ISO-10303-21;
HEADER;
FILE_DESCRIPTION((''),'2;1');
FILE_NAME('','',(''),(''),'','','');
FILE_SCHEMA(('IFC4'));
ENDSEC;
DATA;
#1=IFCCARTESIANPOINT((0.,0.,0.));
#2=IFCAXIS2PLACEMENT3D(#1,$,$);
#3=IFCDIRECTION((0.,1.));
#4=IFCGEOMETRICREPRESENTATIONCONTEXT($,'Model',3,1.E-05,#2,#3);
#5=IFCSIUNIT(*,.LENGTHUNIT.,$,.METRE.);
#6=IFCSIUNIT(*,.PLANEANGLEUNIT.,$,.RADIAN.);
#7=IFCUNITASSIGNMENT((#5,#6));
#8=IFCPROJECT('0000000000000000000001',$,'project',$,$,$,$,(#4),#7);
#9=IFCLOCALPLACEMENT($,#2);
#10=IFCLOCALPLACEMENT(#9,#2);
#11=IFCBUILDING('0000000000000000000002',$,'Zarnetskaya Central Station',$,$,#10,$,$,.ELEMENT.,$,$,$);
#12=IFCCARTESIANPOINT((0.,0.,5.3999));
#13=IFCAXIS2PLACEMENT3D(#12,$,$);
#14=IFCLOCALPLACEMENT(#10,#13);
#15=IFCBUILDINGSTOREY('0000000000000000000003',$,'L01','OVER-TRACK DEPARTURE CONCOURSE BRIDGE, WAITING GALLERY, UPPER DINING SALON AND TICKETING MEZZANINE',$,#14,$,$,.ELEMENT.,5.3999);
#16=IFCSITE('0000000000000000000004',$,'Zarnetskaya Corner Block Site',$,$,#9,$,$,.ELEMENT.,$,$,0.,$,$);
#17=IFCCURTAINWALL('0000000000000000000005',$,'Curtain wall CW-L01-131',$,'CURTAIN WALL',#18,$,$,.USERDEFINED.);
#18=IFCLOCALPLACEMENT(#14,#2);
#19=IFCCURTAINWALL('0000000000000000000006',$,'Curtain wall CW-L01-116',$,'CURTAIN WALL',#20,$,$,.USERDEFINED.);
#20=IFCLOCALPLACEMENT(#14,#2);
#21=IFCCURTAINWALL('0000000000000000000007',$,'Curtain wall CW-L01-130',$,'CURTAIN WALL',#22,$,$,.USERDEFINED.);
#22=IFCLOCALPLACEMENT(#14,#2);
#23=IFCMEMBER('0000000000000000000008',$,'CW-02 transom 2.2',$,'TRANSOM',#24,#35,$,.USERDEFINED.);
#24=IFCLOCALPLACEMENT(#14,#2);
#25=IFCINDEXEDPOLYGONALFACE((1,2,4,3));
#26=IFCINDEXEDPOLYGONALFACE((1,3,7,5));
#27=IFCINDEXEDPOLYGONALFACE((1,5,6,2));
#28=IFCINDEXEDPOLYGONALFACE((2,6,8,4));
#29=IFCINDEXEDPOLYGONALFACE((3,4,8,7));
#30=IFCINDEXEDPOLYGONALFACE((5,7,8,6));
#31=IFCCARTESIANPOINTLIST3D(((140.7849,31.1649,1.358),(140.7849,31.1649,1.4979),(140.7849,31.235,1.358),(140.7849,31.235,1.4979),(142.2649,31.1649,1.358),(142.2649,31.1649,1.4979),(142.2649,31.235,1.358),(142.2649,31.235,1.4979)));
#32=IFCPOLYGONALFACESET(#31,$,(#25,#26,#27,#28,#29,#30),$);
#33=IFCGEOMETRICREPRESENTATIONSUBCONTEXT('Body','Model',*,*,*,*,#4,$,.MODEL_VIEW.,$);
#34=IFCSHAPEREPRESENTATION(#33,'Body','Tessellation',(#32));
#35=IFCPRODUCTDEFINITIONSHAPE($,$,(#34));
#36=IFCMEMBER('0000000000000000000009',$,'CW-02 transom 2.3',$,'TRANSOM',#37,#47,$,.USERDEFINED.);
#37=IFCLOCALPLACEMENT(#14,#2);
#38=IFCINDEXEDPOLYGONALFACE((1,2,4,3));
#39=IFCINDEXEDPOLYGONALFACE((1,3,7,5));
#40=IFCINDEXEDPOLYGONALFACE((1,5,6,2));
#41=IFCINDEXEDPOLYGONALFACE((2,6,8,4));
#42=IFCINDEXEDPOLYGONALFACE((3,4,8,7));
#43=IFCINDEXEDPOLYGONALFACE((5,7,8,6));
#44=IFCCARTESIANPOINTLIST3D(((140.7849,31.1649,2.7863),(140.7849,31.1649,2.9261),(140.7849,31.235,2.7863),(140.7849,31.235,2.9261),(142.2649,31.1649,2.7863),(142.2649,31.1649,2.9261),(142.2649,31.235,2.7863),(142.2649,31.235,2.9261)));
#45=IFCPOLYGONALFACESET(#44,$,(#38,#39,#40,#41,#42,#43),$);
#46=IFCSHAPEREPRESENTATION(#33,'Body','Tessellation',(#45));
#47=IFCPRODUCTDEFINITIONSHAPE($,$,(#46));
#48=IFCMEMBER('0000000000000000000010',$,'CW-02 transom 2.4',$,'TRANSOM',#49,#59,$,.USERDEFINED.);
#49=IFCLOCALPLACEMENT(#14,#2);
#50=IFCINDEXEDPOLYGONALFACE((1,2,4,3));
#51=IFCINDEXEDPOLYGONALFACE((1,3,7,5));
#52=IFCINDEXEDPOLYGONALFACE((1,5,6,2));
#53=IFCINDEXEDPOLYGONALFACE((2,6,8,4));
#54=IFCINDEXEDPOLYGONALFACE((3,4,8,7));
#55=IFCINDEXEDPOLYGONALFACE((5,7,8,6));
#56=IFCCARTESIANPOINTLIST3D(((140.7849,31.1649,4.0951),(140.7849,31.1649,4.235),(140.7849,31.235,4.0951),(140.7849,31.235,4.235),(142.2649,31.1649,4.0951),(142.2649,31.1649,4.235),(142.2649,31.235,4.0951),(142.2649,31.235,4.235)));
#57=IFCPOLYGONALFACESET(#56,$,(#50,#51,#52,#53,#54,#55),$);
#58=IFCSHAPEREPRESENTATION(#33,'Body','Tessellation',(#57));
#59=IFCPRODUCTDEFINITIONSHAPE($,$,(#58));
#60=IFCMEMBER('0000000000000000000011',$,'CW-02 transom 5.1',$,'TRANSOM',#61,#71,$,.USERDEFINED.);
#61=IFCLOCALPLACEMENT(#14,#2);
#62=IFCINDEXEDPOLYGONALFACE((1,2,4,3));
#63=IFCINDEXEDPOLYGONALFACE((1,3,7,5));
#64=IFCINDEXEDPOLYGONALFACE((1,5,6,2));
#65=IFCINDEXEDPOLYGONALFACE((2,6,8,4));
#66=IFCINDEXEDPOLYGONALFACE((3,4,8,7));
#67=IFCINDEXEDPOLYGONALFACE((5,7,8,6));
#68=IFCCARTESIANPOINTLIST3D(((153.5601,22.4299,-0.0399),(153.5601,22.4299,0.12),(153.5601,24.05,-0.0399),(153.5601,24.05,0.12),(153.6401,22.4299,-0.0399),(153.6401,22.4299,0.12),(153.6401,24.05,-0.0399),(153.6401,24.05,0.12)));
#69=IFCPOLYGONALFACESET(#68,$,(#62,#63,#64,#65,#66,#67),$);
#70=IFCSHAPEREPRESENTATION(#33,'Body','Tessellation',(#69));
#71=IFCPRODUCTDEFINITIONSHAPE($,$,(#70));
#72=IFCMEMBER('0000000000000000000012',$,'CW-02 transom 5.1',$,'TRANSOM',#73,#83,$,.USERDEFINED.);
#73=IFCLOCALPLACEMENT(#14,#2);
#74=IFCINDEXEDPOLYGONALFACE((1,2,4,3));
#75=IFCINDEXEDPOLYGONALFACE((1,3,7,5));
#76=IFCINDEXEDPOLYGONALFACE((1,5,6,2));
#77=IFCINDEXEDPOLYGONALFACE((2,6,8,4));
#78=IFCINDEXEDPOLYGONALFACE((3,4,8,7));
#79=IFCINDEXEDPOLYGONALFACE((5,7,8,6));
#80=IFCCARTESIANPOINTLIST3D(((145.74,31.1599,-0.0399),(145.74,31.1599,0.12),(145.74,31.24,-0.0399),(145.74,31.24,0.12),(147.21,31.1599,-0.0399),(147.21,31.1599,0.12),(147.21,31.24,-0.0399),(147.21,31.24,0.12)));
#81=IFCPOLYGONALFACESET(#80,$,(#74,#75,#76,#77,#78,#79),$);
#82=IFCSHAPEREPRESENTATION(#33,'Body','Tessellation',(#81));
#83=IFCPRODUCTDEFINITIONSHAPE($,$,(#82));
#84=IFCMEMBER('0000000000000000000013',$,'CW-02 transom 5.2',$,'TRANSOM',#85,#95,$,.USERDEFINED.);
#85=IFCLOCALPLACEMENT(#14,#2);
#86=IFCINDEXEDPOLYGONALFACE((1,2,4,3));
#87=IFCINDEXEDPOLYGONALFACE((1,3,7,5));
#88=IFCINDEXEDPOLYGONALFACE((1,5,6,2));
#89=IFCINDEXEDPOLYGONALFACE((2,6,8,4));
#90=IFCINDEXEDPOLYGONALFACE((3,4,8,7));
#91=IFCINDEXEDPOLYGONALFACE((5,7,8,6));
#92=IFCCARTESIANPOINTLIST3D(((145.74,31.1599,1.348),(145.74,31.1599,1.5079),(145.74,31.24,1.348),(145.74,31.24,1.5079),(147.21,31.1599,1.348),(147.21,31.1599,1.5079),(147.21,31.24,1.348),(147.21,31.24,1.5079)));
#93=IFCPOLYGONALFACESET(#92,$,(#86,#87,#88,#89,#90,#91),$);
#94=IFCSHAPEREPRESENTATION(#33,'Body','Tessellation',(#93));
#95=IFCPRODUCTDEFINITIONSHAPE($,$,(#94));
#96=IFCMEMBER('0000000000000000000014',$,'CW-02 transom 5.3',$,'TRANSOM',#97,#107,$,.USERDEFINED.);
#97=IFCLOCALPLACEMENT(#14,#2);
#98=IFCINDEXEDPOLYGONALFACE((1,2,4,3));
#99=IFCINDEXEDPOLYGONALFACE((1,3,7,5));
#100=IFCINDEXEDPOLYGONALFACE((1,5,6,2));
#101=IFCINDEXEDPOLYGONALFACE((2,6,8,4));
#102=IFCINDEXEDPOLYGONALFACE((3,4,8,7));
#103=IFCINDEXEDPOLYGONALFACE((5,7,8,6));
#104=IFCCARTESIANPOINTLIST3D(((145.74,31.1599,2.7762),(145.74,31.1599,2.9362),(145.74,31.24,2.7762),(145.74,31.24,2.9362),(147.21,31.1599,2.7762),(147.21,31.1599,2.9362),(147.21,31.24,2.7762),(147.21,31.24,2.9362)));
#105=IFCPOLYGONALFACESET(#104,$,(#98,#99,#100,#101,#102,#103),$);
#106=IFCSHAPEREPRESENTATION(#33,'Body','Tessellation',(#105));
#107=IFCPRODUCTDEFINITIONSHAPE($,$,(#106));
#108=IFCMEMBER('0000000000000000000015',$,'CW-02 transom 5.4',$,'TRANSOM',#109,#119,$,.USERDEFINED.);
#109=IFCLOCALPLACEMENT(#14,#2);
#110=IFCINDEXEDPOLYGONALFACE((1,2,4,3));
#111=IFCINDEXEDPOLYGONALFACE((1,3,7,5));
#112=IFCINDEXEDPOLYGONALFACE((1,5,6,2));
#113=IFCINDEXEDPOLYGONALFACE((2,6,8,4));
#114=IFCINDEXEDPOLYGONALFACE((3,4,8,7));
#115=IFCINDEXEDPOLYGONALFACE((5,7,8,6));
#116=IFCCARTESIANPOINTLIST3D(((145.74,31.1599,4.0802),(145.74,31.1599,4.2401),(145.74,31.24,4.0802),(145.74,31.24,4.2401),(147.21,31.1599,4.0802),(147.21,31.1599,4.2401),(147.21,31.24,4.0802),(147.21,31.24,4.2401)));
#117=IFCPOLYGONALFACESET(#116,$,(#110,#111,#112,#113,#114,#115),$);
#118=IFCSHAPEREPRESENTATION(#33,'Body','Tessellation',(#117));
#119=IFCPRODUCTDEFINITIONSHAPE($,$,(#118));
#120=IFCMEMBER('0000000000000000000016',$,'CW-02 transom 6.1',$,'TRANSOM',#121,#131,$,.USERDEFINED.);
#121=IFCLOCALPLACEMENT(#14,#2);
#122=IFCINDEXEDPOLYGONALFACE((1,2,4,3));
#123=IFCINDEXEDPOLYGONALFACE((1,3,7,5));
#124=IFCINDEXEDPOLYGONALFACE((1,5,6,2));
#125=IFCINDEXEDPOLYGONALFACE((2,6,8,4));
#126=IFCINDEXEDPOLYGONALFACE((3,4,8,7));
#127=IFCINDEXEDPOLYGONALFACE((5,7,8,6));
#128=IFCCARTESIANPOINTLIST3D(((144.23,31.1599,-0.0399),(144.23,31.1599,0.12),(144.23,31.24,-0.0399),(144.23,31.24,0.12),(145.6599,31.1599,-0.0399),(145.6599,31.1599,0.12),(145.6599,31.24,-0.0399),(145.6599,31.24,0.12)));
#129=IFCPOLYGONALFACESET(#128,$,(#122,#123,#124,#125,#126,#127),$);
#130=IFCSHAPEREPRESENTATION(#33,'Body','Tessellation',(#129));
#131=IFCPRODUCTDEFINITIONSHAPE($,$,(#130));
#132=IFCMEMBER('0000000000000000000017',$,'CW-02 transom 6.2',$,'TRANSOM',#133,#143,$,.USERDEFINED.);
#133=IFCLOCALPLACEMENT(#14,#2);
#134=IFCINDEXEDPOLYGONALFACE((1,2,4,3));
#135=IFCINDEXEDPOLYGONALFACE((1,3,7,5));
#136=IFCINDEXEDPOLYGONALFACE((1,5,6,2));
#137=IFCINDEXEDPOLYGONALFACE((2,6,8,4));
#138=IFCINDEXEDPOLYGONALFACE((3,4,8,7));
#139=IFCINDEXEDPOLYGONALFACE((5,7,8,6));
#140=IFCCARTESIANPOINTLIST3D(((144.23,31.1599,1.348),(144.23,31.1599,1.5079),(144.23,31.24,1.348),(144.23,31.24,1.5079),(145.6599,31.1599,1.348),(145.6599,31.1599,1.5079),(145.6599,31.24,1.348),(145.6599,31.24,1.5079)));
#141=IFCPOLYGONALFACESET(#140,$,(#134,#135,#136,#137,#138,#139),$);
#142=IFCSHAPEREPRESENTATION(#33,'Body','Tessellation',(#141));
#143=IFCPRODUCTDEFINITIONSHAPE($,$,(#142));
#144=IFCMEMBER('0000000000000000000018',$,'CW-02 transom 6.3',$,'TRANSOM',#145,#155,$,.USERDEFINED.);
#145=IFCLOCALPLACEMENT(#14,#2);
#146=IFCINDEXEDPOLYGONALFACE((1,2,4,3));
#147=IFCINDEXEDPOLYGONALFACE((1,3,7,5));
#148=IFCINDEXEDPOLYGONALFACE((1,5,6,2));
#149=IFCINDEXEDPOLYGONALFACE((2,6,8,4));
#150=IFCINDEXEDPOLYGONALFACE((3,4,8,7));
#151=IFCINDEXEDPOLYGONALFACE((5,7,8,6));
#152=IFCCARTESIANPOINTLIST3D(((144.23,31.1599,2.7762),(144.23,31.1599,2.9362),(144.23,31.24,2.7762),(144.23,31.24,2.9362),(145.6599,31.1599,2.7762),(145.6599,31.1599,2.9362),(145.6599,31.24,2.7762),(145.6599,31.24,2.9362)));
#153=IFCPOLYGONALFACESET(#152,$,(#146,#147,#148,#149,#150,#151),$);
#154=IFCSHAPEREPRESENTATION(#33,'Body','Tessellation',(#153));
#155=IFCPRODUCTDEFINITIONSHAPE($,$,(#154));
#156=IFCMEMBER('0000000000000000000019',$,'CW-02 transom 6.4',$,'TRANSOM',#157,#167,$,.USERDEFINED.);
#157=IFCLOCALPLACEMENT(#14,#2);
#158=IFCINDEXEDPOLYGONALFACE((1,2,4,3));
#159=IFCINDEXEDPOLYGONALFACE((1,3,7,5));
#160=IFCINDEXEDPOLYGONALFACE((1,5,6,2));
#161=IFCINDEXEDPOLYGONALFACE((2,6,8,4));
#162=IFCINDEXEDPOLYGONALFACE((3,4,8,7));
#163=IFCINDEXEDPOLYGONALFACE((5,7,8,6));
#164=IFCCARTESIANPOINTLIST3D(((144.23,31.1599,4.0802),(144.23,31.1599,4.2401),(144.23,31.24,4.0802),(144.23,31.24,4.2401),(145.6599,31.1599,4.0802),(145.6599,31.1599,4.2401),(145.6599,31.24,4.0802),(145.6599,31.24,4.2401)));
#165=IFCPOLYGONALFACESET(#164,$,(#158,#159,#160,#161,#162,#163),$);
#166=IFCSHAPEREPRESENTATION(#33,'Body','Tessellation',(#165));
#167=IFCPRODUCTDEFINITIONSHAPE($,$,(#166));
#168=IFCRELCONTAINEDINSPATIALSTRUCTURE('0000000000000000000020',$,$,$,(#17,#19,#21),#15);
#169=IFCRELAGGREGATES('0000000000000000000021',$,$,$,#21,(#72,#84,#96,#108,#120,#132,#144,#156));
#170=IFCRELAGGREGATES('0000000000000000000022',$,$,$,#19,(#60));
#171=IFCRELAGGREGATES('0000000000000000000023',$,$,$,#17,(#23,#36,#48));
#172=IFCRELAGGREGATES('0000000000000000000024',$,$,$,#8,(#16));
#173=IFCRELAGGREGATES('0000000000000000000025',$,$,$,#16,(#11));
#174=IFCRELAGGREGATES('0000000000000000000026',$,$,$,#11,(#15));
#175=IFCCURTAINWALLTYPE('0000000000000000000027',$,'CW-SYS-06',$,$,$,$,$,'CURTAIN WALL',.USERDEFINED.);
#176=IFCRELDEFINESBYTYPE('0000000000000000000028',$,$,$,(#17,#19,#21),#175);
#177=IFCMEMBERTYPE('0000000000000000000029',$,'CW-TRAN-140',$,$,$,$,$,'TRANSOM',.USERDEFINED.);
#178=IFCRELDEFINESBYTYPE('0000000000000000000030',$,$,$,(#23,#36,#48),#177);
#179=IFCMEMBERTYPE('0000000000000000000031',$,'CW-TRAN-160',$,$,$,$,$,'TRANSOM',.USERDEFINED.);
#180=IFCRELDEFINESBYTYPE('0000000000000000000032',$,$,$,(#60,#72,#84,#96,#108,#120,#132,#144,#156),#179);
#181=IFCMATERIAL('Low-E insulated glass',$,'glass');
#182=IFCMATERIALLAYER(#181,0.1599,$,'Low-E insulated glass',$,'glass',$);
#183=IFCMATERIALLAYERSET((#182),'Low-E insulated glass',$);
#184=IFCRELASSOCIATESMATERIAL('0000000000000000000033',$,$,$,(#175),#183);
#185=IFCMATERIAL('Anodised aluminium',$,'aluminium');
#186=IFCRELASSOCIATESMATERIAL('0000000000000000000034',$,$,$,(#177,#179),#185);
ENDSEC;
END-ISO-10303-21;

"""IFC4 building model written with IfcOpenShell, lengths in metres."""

from ifc_helpers import new_model, si_unit, direction, frame, origin, origin_2d, place, context, subcontext, project, spatial, rectangle, extrude, material, layer, layer_set, material_profile, profile_set, type_object, element, aggregate, save


model = new_model("IFC4")

# Units and contexts
model_context = context("Model", 3, precision=1e-05, world=origin(), true_north=direction((0.0, 1.0)))
body_context = subcontext(model_context, "Body", "Model", "MODEL_VIEW")
ifc_project = project(units=[si_unit("LENGTHUNIT", "METRE"), si_unit("PLANEANGLEUNIT", "RADIAN")], contexts=[model_context])

# Site, building, storey
site_placement = place(None, origin())
site = spatial("IfcSite", under=ifc_project, at=site_placement, Name="Zarnetskaya Corner Block Site", CompositionType="ELEMENT", RefElevation=0.0)
building_placement = place(site_placement, origin())
building = spatial("IfcBuilding", under=site, at=building_placement, Name="Zarnetskaya Central Station", CompositionType="ELEMENT")
storey_placement = place(building_placement, frame((0.0, 0.0, 5.3999)))
storey = spatial("IfcBuildingStorey", under=building, at=storey_placement, Name="L01", Description="OVER-TRACK DEPARTURE CONCOURSE BRIDGE, WAITING GALLERY, UPPER DINING SALON AND TICKETING MEZZANINE", CompositionType="ELEMENT", Elevation=5.3999)

# Curtain wall
ifc_material_1 = material(Name="Low-E insulated glass", Category="glass")
ifc_layer_1 = layer(ifc_material_1, 0.1599, Name="Low-E insulated glass", Category="glass")
ifc_layer_set_1 = layer_set([ifc_layer_1], Name="Low-E insulated glass")
curtain_wall_type = type_object("IfcCurtainWallType", Name="CW-SYS-06", ElementType="CURTAIN WALL", PredefinedType="USERDEFINED", material=ifc_layer_set_1)
curtain_wall_1_placement = place(storey_placement, origin())
curtain_wall_1 = element("IfcCurtainWall", 1, at=curtain_wall_1_placement, inside=storey, type_object=curtain_wall_type, Name="Curtain wall CW-L01-131", ObjectType="CURTAIN WALL", PredefinedType="USERDEFINED")
ifc_material_2 = material(Name="Anodised aluminium", Category="aluminium")

# Curtain wall
curtain_wall_2_placement = place(storey_placement, origin())
curtain_wall_2 = element("IfcCurtainWall", 2, at=curtain_wall_2_placement, inside=storey, type_object=curtain_wall_type, Name="Curtain wall CW-L01-116", ObjectType="CURTAIN WALL", PredefinedType="USERDEFINED")

# Curtain wall
curtain_wall_3_placement = place(storey_placement, origin())
curtain_wall_3 = element("IfcCurtainWall", 3, at=curtain_wall_3_placement, inside=storey, type_object=curtain_wall_type, Name="Curtain wall CW-L01-130", ObjectType="CURTAIN WALL", PredefinedType="USERDEFINED")

# Members
ifc_material_profile_1 = material_profile(ifc_material_2, rectangle(XDim=0.0701, YDim=0.1399, at=origin_2d()), Name="ALU TRAN 70x140")
ifc_profile_set_1 = profile_set([ifc_material_profile_1], Name="Anodised aluminium")
member_type_1 = type_object("IfcMemberType", Name="CW-TRAN-140", ElementType="TRANSOM", PredefinedType="USERDEFINED", material=ifc_profile_set_1)
member_1_placement = place(storey_placement, frame((142.2649, 31.2, 1.428), z_axis=(-1.0, 0.0, 0.0), x_axis=(0.0, -1.0, 0.0)))
member_1 = element("IfcMember", 4, at=member_1_placement, type_object=member_type_1, Name="CW-02 transom 2.2", ObjectType="TRANSOM", PredefinedType="USERDEFINED", context=body_context, shape_type="SweptSolid", body=[
    extrude(rectangle(XDim=0.0701, YDim=0.1399, at=origin_2d()), origin(), (0.0, 0.0, 1.0), 1.48),
])
member_2_placement = place(storey_placement, frame((142.2649, 31.2, 2.8562), z_axis=(-1.0, 0.0, 0.0), x_axis=(0.0, -1.0, 0.0)))
member_2 = element("IfcMember", 5, at=member_2_placement, type_object=member_type_1, Name="CW-02 transom 2.3", ObjectType="TRANSOM", PredefinedType="USERDEFINED", context=body_context, shape_type="SweptSolid", body=[
    extrude(rectangle(XDim=0.0701, YDim=0.1399, at=origin_2d()), origin(), (0.0, 0.0, 1.0), 1.48),
])
member_3_placement = place(storey_placement, frame((142.2649, 31.2, 4.165), z_axis=(-1.0, 0.0, 0.0), x_axis=(0.0, -1.0, 0.0)))
member_3 = element("IfcMember", 6, at=member_3_placement, type_object=member_type_1, Name="CW-02 transom 2.4", ObjectType="TRANSOM", PredefinedType="USERDEFINED", context=body_context, shape_type="SweptSolid", body=[
    extrude(rectangle(XDim=0.0701, YDim=0.1399, at=origin_2d()), origin(), (0.0, 0.0, 1.0), 1.48),
])
ifc_material_profile_2 = material_profile(ifc_material_2, rectangle(XDim=0.0801, YDim=0.1599, at=origin_2d()), Name="ALU TRAN 80x160")
ifc_profile_set_2 = profile_set([ifc_material_profile_2], Name="Anodised aluminium")
member_type_2 = type_object("IfcMemberType", Name="CW-TRAN-160", ElementType="TRANSOM", PredefinedType="USERDEFINED", material=ifc_profile_set_2)
member_4_placement = place(storey_placement, frame((153.6001, 24.05, 0.04), z_axis=(0.0, -1.0, 0.0), x_axis=(1.0, 0.0, 0.0)))
member_4 = element("IfcMember", 7, at=member_4_placement, type_object=member_type_2, Name="CW-02 transom 5.1", ObjectType="TRANSOM", PredefinedType="USERDEFINED", context=body_context, shape_type="SweptSolid", body=[
    extrude(rectangle(XDim=0.0801, YDim=0.1599, at=origin_2d()), origin(), (0.0, 0.0, 1.0), 1.6201),
])
member_5_placement = place(storey_placement, frame((147.21, 31.2, 0.04), z_axis=(-1.0, 0.0, 0.0), x_axis=(0.0, -1.0, 0.0)))
member_5 = element("IfcMember", 8, at=member_5_placement, type_object=member_type_2, Name="CW-02 transom 5.1", ObjectType="TRANSOM", PredefinedType="USERDEFINED", context=body_context, shape_type="SweptSolid", body=[
    extrude(rectangle(XDim=0.0801, YDim=0.1599, at=origin_2d()), origin(), (0.0, 0.0, 1.0), 1.47),
])
member_6_placement = place(storey_placement, frame((147.21, 31.2, 1.428), z_axis=(-1.0, 0.0, 0.0), x_axis=(0.0, -1.0, 0.0)))
member_6 = element("IfcMember", 9, at=member_6_placement, type_object=member_type_2, Name="CW-02 transom 5.2", ObjectType="TRANSOM", PredefinedType="USERDEFINED", context=body_context, shape_type="SweptSolid", body=[
    extrude(rectangle(XDim=0.0801, YDim=0.1599, at=origin_2d()), origin(), (0.0, 0.0, 1.0), 1.47),
])
member_7_placement = place(storey_placement, frame((147.21, 31.2, 2.8562), z_axis=(-1.0, 0.0, 0.0), x_axis=(0.0, -1.0, 0.0)))
member_7 = element("IfcMember", 10, at=member_7_placement, type_object=member_type_2, Name="CW-02 transom 5.3", ObjectType="TRANSOM", PredefinedType="USERDEFINED", context=body_context, shape_type="SweptSolid", body=[
    extrude(rectangle(XDim=0.0801, YDim=0.1599, at=origin_2d()), origin(), (0.0, 0.0, 1.0), 1.47),
])
member_8_placement = place(storey_placement, frame((147.21, 31.2, 4.1602), z_axis=(-1.0, 0.0, 0.0), x_axis=(0.0, -1.0, 0.0)))
member_8 = element("IfcMember", 11, at=member_8_placement, type_object=member_type_2, Name="CW-02 transom 5.4", ObjectType="TRANSOM", PredefinedType="USERDEFINED", context=body_context, shape_type="SweptSolid", body=[
    extrude(rectangle(XDim=0.0801, YDim=0.1599, at=origin_2d()), origin(), (0.0, 0.0, 1.0), 1.47),
])
member_9_placement = place(storey_placement, frame((145.6599, 31.2, 0.04), z_axis=(-1.0, 0.0, 0.0), x_axis=(0.0, -1.0, 0.0)))
member_9 = element("IfcMember", 12, at=member_9_placement, type_object=member_type_2, Name="CW-02 transom 6.1", ObjectType="TRANSOM", PredefinedType="USERDEFINED", context=body_context, shape_type="SweptSolid", body=[
    extrude(rectangle(XDim=0.0801, YDim=0.1599, at=origin_2d()), origin(), (0.0, 0.0, 1.0), 1.4299),
])
member_10_placement = place(storey_placement, frame((145.6599, 31.2, 1.428), z_axis=(-1.0, 0.0, 0.0), x_axis=(0.0, -1.0, 0.0)))
member_10 = element("IfcMember", 13, at=member_10_placement, type_object=member_type_2, Name="CW-02 transom 6.2", ObjectType="TRANSOM", PredefinedType="USERDEFINED", context=body_context, shape_type="SweptSolid", body=[
    extrude(rectangle(XDim=0.0801, YDim=0.1599, at=origin_2d()), origin(), (0.0, 0.0, 1.0), 1.4299),
])
member_11_placement = place(storey_placement, frame((145.6599, 31.2, 2.8562), z_axis=(-1.0, 0.0, 0.0), x_axis=(0.0, -1.0, 0.0)))
member_11 = element("IfcMember", 14, at=member_11_placement, type_object=member_type_2, Name="CW-02 transom 6.3", ObjectType="TRANSOM", PredefinedType="USERDEFINED", context=body_context, shape_type="SweptSolid", body=[
    extrude(rectangle(XDim=0.0801, YDim=0.1599, at=origin_2d()), origin(), (0.0, 0.0, 1.0), 1.4299),
])
member_12_placement = place(storey_placement, frame((145.6599, 31.2, 4.1602), z_axis=(-1.0, 0.0, 0.0), x_axis=(0.0, -1.0, 0.0)))
member_12 = element("IfcMember", 15, at=member_12_placement, type_object=member_type_2, Name="CW-02 transom 6.4", ObjectType="TRANSOM", PredefinedType="USERDEFINED", context=body_context, shape_type="SweptSolid", body=[
    extrude(rectangle(XDim=0.0801, YDim=0.1599, at=origin_2d()), origin(), (0.0, 0.0, 1.0), 1.4299),
])

aggregate(curtain_wall_3, [member_5, member_6, member_7, member_8, member_9, member_10, member_11, member_12])
aggregate(curtain_wall_2, [member_4])
aggregate(curtain_wall_1, [member_1, member_2, member_3])

save(model, "model.ifc")
